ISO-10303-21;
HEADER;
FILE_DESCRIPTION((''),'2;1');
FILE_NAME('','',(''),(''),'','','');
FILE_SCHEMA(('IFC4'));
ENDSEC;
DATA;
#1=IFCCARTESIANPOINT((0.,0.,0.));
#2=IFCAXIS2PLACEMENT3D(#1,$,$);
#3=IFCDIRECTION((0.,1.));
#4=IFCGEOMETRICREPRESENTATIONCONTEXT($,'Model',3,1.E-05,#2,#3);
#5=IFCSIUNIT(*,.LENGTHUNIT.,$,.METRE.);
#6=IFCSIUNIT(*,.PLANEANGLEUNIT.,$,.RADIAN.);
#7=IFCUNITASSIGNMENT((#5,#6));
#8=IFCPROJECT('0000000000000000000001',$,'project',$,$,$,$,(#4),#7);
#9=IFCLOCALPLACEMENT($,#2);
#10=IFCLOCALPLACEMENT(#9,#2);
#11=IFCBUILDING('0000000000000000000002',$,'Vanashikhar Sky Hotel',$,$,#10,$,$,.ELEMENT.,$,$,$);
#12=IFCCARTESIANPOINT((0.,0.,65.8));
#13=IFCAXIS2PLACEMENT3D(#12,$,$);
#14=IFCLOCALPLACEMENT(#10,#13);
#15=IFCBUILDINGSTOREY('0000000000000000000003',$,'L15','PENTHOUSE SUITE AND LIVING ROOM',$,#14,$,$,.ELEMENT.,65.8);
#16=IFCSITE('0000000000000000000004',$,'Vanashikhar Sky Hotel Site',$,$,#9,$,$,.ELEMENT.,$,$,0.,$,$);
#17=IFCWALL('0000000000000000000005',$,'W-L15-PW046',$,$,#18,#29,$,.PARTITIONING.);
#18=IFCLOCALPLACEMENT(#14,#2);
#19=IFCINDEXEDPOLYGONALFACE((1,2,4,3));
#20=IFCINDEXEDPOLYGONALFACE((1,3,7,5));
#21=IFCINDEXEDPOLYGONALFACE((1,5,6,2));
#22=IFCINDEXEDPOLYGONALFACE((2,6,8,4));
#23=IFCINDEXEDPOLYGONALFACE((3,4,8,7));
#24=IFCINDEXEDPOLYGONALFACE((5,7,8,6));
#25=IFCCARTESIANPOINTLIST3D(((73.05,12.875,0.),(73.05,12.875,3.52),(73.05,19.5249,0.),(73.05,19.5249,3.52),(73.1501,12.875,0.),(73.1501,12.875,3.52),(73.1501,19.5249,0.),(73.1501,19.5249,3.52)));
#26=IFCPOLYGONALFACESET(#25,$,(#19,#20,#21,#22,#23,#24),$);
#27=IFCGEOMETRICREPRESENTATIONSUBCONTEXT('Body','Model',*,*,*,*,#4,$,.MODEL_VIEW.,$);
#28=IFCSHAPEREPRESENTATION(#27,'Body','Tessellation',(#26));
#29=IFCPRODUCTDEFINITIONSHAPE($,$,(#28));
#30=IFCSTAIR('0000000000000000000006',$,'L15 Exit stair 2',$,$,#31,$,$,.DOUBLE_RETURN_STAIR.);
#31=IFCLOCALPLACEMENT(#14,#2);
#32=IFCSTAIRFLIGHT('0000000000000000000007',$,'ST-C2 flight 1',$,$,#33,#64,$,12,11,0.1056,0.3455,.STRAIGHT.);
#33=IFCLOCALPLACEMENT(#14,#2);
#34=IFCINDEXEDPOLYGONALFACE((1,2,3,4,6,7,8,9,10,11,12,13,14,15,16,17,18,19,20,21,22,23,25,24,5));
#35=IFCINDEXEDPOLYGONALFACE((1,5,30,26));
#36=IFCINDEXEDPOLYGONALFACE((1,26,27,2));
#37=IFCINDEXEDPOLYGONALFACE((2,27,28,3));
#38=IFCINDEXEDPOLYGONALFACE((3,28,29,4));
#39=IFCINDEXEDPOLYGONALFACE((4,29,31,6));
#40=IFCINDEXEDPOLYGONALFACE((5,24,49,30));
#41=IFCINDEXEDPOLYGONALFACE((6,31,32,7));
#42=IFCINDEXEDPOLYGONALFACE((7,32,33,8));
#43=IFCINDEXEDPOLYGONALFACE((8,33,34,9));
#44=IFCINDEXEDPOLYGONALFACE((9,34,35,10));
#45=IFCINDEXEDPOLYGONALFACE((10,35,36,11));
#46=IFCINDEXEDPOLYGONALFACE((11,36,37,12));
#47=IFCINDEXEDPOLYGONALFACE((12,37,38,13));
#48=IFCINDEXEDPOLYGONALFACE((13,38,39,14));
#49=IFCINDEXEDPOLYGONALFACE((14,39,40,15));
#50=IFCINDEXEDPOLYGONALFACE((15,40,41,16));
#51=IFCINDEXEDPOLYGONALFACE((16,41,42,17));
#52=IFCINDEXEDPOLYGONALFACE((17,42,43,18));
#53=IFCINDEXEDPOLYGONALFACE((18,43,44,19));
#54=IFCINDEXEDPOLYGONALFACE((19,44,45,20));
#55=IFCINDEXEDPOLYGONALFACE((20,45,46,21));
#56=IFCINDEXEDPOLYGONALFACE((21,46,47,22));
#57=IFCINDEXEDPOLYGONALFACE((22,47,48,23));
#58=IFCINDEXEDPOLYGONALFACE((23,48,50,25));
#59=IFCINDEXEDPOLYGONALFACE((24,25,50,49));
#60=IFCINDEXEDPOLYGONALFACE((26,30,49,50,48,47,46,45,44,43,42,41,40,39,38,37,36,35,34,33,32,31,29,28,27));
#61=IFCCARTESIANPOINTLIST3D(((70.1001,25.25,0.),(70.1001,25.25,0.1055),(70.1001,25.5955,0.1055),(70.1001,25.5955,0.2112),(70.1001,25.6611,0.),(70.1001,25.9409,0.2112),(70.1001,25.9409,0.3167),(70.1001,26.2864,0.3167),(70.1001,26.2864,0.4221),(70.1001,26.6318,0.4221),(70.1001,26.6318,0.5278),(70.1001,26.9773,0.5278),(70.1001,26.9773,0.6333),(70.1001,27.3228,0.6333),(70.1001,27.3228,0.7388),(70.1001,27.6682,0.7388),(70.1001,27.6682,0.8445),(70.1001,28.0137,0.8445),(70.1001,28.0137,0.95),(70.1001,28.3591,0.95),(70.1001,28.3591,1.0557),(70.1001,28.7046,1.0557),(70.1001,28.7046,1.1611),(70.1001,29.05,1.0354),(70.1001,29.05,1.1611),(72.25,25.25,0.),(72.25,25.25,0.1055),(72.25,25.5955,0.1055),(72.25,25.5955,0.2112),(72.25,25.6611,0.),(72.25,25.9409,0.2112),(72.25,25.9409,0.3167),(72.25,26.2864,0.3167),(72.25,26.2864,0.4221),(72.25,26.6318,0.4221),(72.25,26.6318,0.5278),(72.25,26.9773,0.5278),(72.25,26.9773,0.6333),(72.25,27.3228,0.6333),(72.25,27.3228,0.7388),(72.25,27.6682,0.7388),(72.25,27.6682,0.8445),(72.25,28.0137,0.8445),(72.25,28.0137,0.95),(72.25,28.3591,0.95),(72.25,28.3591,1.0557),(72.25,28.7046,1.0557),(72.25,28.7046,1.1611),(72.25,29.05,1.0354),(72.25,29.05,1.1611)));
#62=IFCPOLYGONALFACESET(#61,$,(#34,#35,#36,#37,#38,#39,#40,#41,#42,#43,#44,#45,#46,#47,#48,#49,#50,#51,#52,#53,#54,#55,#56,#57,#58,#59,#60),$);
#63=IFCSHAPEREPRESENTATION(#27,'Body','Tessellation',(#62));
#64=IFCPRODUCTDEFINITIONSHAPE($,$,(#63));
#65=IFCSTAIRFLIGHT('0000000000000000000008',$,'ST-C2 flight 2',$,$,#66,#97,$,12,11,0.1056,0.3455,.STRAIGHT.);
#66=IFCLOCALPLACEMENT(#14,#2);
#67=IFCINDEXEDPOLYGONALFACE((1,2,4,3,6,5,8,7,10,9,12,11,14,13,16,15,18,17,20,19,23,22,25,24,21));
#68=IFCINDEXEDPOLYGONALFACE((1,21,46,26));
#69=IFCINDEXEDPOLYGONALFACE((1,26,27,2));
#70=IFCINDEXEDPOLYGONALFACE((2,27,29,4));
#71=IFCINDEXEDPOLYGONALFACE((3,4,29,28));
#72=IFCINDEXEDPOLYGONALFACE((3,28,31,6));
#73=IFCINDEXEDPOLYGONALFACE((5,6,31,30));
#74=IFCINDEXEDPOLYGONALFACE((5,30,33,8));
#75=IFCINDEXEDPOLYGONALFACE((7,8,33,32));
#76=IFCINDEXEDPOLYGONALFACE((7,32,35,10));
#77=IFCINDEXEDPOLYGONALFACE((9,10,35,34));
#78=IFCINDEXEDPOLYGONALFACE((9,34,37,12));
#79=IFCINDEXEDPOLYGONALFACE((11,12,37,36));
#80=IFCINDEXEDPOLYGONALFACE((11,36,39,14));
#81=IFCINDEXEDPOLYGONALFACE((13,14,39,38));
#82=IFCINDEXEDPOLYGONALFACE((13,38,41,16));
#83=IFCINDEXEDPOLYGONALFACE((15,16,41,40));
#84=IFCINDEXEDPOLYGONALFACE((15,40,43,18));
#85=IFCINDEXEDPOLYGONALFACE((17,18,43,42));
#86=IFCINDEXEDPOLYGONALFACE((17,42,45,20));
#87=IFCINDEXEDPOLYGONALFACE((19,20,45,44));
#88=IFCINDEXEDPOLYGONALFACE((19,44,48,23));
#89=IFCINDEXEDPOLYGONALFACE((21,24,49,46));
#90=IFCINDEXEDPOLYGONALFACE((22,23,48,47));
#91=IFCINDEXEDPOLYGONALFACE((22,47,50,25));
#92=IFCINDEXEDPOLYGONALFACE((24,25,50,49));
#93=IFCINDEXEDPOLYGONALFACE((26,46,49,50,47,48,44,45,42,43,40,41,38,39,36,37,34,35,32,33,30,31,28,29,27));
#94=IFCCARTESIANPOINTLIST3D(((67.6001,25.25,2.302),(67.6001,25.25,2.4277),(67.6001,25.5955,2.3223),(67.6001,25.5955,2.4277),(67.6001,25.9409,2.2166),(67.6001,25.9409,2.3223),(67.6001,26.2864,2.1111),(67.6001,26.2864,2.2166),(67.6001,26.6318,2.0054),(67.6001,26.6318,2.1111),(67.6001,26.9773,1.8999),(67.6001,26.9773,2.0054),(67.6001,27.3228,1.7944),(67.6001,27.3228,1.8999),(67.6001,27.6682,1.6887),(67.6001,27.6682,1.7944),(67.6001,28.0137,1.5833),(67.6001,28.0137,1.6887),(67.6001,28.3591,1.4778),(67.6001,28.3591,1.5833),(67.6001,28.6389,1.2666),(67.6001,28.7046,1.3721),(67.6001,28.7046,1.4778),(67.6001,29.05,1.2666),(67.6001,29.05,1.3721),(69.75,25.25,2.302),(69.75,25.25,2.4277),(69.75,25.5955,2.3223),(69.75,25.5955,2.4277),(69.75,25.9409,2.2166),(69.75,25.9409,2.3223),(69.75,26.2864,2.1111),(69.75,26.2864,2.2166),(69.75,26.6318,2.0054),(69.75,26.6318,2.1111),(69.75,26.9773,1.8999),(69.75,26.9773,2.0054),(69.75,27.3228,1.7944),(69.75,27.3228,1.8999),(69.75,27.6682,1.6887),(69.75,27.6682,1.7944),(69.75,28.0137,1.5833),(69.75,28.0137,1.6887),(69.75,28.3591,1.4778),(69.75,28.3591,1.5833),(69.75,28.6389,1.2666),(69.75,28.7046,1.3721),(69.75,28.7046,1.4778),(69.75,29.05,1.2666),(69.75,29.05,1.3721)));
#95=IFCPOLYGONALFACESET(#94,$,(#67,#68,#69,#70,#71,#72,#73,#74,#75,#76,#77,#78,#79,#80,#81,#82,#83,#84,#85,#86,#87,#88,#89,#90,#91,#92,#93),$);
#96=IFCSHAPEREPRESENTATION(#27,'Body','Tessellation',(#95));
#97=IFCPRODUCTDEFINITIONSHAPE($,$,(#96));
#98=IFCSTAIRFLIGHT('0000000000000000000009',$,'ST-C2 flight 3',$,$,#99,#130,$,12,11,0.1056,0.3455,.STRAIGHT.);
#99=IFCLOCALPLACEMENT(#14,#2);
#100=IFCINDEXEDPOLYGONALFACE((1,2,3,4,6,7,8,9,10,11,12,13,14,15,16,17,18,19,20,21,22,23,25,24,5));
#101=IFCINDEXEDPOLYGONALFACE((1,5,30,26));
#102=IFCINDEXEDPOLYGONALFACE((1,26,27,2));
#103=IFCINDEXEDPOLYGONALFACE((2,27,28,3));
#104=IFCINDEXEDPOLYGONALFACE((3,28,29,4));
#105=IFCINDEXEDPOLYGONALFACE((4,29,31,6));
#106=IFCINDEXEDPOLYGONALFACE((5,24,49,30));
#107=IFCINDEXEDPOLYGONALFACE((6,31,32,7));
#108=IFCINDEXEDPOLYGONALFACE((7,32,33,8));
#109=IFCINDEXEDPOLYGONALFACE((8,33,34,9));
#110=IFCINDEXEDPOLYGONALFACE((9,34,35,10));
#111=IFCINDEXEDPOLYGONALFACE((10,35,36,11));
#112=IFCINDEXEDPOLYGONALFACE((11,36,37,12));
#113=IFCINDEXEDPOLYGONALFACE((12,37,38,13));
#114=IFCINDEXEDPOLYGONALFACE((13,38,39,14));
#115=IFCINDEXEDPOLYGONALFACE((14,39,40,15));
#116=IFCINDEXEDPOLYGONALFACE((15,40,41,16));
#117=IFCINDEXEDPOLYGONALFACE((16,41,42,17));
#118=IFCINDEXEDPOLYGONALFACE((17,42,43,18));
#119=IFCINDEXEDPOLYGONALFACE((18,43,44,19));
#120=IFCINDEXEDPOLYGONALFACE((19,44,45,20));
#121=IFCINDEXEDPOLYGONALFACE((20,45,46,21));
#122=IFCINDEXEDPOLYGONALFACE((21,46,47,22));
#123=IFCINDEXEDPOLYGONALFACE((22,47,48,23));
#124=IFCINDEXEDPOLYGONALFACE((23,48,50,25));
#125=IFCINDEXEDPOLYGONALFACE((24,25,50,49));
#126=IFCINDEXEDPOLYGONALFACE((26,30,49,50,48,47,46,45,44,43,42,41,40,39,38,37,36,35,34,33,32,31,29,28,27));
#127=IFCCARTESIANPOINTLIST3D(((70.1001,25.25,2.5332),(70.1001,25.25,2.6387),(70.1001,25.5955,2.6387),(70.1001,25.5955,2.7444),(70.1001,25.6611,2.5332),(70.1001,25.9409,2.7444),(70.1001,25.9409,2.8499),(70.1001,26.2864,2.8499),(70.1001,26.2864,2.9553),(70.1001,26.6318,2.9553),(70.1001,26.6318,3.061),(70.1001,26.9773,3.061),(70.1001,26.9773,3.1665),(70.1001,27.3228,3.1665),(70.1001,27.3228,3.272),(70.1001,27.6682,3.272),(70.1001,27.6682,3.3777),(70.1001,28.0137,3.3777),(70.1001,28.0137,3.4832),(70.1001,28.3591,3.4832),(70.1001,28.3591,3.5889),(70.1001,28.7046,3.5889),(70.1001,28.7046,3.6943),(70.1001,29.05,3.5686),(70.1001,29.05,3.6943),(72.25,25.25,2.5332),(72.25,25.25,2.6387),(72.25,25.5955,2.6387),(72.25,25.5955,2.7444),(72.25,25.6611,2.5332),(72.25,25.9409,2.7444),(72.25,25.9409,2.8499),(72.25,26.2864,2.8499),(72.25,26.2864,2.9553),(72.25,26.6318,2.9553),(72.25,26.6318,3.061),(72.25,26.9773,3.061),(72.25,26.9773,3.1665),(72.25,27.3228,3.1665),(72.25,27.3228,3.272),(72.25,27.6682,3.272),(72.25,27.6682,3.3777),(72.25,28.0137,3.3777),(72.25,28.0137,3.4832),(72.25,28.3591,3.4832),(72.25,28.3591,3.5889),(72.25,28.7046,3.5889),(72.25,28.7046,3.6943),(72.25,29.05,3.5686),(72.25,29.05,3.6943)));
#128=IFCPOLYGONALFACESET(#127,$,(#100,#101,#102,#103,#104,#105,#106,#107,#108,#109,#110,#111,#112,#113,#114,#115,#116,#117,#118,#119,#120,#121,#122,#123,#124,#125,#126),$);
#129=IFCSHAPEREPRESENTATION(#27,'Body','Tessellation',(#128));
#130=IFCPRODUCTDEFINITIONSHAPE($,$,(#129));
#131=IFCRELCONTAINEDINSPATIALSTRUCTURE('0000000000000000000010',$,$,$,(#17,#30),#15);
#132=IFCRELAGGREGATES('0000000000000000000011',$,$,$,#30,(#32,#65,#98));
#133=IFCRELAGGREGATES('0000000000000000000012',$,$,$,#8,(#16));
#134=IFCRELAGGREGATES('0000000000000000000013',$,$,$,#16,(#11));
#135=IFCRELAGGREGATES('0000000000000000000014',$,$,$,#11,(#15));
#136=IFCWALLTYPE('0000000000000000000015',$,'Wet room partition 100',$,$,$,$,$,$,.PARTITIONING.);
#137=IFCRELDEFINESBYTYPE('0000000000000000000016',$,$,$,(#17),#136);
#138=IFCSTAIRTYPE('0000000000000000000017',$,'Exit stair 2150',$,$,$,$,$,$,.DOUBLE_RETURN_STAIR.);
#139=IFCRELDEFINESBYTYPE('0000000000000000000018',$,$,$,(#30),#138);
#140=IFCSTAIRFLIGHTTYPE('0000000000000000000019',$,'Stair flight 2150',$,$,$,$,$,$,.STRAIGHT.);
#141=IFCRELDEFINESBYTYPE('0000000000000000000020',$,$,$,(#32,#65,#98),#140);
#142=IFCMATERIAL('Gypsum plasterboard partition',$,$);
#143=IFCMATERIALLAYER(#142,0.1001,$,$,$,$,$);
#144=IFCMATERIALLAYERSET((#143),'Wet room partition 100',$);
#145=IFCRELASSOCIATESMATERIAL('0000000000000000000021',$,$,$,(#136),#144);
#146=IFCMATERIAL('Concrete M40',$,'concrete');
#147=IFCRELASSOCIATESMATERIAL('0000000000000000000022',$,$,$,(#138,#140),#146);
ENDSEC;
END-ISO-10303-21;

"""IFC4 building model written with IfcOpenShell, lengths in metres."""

from ifc_helpers import new_model, si_unit, direction, frame, frame_2d, origin, place, context, subcontext, project, spatial, polyline, rectangle, outline, extrude, source, transform, mapped, material, layer, layer_set, type_object, element, aggregate, save


model = new_model("IFC4")

# Units and contexts
model_context = context("Model", 3, precision=1e-05, world=origin(), true_north=direction((0.0, 1.0)))
body_context = subcontext(model_context, "Body", "Model", "MODEL_VIEW")
ifc_project = project(units=[si_unit("LENGTHUNIT", "METRE"), si_unit("PLANEANGLEUNIT", "RADIAN")], contexts=[model_context])

# Site, building, storey
site_placement = place(None, origin())
site = spatial("IfcSite", under=ifc_project, at=site_placement, Name="Vanashikhar Sky Hotel Site", CompositionType="ELEMENT", RefElevation=0.0)
building_placement = place(site_placement, origin())
building = spatial("IfcBuilding", under=site, at=building_placement, Name="Vanashikhar Sky Hotel", CompositionType="ELEMENT")
storey_placement = place(building_placement, frame((0.0, 0.0, 65.8)))
storey = spatial("IfcBuildingStorey", under=building, at=storey_placement, Name="L15", Description="PENTHOUSE SUITE AND LIVING ROOM", CompositionType="ELEMENT", Elevation=65.8)

# Shared definitions
ifc_material_1 = material(Name="Concrete M40", Category="concrete")

# Shared definitions
ifc_material_2 = material(Name="Gypsum plasterboard partition")

# Wall
ifc_layer_1 = layer(ifc_material_2, 0.1001)
ifc_layer_set_1 = layer_set([ifc_layer_1], Name="Wet room partition 100")
wall_type_1 = type_object("IfcWallType", Name="Wet room partition 100", PredefinedType="PARTITIONING", material=ifc_layer_set_1)
shared_shape_1 = source(origin(), body_context, "Body", "SweptSolid", [
    extrude(rectangle(XDim=6.6499, YDim=0.1001, at=frame_2d((3.325, 0.0))), origin(), (0.0, 0.0, 1.0), 3.52),
])
wall_1_placement = place(storey_placement, frame((73.1001, 12.875, 0.0), z_axis=(0.0, 0.0, 1.0), x_axis=(0.0, 1.0, 0.0)))
element("IfcWall", 1, at=wall_1_placement, inside=storey, type_object=wall_type_1, Name="W-L15-PW046", PredefinedType="PARTITIONING", context=body_context, shape_type="MappedRepresentation", body=[
    mapped(shared_shape_1, transform((0.0, 0.0, 0.0), scale=1.0)),
])

# Stair, stair flights
stair_type = type_object("IfcStairType", Name="Exit stair 2150", PredefinedType="DOUBLE_RETURN_STAIR", material=ifc_material_1)
stair_placement = place(storey_placement, origin())
stair = element("IfcStair", 2, at=stair_placement, inside=storey, type_object=stair_type, Name="L15 Exit stair 2", PredefinedType="DOUBLE_RETURN_STAIR")
stair_flight_type = type_object("IfcStairFlightType", Name="Stair flight 2150", PredefinedType="STRAIGHT", material=ifc_material_1)
shared_shape_2 = source(origin(), body_context, "Body", "SweptSolid", [
    extrude(outline(polyline([(0.0, 0.0), (0.0, 0.1055), (0.3455, 0.1055), (0.3455, 0.2112), (0.6909, 0.2112), (0.6909, 0.3167), (1.0364, 0.3167), (1.0364, 0.4221), (1.3818, 0.4221), (1.3818, 0.5278), (1.7273, 0.5278), (1.7273, 0.6333), (2.0728, 0.6333), (2.0728, 0.7388), (2.4182, 0.7388), (2.4182, 0.8445), (2.7637, 0.8445), (2.7637, 0.95), (3.1091, 0.95), (3.1091, 1.0557), (3.4546, 1.0557), (3.4546, 1.1611), (3.8, 1.1611), (3.8, 1.2666), (3.8, 1.0354), (0.4111, 0.0), (0.0, 0.0)])), frame((0.0, 1.075, 0.0), z_axis=(0.0, -1.0, 0.0), x_axis=(1.0, 0.0, 0.0)), (0.0, 0.0, 1.0), 2.1499),
])
stair_flight_1_placement = place(storey_placement, frame((71.175, 25.25, 0.0), z_axis=(0.0, 0.0, 1.0), x_axis=(0.0, 1.0, 0.0)))
stair_flight_1 = element("IfcStairFlight", 3, at=stair_flight_1_placement, type_object=stair_flight_type, Name="ST-C2 flight 1", NumberOfRisers=12, NumberOfTreads=11, PredefinedType="STRAIGHT", RiserHeight=0.1056, TreadLength=0.3455, context=body_context, shape_type="MappedRepresentation", body=[
    mapped(shared_shape_2, transform((0.0, 0.0, 0.0), scale=1.0)),
])
stair_flight_2_placement = place(storey_placement, frame((68.675, 29.05, 1.2666), z_axis=(0.0, 0.0, 1.0), x_axis=(0.0, -1.0, 0.0)))
stair_flight_2 = element("IfcStairFlight", 4, at=stair_flight_2_placement, type_object=stair_flight_type, Name="ST-C2 flight 2", NumberOfRisers=12, NumberOfTreads=11, PredefinedType="STRAIGHT", RiserHeight=0.1056, TreadLength=0.3455, context=body_context, shape_type="MappedRepresentation", body=[
    mapped(shared_shape_2, transform((0.0, 0.0, 0.0), scale=1.0)),
])
stair_flight_3_placement = place(storey_placement, frame((71.175, 25.25, 2.5332), z_axis=(0.0, 0.0, 1.0), x_axis=(0.0, 1.0, 0.0)))
stair_flight_3 = element("IfcStairFlight", 5, at=stair_flight_3_placement, type_object=stair_flight_type, Name="ST-C2 flight 3", NumberOfRisers=12, NumberOfTreads=11, PredefinedType="STRAIGHT", RiserHeight=0.1056, TreadLength=0.3455, context=body_context, shape_type="MappedRepresentation", body=[
    mapped(shared_shape_2, transform((0.0, 0.0, 0.0), scale=1.0)),
])
aggregate(stair, [stair_flight_1, stair_flight_2, stair_flight_3])

save(model, "model.ifc")
